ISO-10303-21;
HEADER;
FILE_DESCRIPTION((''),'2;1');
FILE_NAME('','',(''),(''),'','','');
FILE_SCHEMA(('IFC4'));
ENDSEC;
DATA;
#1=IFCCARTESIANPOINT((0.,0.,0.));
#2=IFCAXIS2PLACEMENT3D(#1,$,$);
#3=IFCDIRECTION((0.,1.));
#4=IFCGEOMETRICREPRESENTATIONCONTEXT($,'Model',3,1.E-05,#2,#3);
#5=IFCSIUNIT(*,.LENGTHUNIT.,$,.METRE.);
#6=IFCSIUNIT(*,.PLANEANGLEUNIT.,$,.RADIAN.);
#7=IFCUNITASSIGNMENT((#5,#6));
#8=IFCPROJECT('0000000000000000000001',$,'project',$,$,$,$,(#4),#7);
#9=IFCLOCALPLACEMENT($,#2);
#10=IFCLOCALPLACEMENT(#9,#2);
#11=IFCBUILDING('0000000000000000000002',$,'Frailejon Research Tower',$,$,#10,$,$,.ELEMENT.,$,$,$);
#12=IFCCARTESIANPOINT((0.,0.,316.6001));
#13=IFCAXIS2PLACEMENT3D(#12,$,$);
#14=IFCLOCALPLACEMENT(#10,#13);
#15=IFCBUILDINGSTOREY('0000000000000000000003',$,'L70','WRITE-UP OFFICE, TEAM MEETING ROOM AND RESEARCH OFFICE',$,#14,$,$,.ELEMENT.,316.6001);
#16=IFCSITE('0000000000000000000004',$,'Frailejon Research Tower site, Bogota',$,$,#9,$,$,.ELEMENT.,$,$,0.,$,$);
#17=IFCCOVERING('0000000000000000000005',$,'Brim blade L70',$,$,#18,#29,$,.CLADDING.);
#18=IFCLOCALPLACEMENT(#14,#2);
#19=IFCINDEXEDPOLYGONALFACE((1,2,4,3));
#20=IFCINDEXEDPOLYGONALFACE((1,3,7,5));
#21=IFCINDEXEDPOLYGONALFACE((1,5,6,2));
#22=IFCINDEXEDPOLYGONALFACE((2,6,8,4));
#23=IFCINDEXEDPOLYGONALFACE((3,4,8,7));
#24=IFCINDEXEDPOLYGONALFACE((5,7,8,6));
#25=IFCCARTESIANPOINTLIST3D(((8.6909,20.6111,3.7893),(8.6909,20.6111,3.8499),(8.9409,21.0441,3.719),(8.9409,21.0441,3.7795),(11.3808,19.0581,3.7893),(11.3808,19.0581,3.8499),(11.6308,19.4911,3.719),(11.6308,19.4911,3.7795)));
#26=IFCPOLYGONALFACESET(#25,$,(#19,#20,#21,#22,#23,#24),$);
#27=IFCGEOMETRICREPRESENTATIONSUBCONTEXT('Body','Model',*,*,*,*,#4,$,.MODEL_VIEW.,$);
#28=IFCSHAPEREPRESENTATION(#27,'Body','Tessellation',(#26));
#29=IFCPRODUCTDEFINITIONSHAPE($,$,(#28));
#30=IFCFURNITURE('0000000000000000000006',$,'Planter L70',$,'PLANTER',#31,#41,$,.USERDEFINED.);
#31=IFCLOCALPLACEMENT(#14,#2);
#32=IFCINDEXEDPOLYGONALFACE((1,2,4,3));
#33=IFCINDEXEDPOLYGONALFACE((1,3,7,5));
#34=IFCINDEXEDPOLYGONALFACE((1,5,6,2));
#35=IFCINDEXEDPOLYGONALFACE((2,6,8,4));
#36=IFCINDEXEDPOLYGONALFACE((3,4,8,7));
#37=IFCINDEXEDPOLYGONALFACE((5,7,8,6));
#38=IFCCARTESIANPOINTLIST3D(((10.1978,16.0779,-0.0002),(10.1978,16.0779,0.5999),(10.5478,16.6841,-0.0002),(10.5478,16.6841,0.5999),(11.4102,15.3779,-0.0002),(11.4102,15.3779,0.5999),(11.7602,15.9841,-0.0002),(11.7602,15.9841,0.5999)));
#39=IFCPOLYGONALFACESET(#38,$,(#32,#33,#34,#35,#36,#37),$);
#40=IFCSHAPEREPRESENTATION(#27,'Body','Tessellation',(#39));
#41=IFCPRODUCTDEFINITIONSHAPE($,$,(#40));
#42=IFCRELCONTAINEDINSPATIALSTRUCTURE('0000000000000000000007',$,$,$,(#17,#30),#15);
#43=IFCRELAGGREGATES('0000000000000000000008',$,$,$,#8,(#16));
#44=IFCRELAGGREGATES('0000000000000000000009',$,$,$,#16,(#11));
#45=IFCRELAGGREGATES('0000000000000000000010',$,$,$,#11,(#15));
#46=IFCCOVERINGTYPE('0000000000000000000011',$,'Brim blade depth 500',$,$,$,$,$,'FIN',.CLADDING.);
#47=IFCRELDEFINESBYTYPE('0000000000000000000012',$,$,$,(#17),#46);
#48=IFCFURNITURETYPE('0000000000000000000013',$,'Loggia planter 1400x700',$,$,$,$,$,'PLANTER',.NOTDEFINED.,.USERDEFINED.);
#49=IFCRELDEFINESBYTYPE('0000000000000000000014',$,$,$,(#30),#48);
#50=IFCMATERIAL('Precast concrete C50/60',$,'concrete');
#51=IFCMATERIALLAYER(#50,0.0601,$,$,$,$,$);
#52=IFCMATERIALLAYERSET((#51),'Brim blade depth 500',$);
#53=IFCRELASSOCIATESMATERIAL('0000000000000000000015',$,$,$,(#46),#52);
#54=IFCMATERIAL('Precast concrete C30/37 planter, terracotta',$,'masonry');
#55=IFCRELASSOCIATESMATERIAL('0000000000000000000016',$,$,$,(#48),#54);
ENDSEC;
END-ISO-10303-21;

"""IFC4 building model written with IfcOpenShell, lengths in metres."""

from ifc_helpers import new_model, si_unit, direction, frame, origin, origin_2d, place, context, subcontext, project, spatial, polyline, rectangle, outline, extrude, material, layer, layer_set, type_object, element, save


model = new_model("IFC4")

# Units and contexts
model_context = context("Model", 3, precision=1e-05, world=origin(), true_north=direction((0.0, 1.0)))
body_context = subcontext(model_context, "Body", "Model", "MODEL_VIEW")
ifc_project = project(units=[si_unit("LENGTHUNIT", "METRE"), si_unit("PLANEANGLEUNIT", "RADIAN")], contexts=[model_context])

# Site, building, storey
site_placement = place(None, origin())
site = spatial("IfcSite", under=ifc_project, at=site_placement, Name="Frailejon Research Tower site, Bogota", CompositionType="ELEMENT", RefElevation=0.0)
building_placement = place(site_placement, origin())
building = spatial("IfcBuilding", under=site, at=building_placement, Name="Frailejon Research Tower", CompositionType="ELEMENT")
storey_placement = place(building_placement, frame((0.0, 0.0, 316.6001)))
storey = spatial("IfcBuildingStorey", under=building, at=storey_placement, Name="L70", Description="WRITE-UP OFFICE, TEAM MEETING ROOM AND RESEARCH OFFICE", CompositionType="ELEMENT", Elevation=316.6001)

# Covering
ifc_material_1 = material(Name="Precast concrete C50/60", Category="concrete")
ifc_layer_1 = layer(ifc_material_1, 0.0601)
ifc_layer_set_1 = layer_set([ifc_layer_1], Name="Brim blade depth 500")
covering_type_1 = type_object("IfcCoveringType", Name="Brim blade depth 500", ElementType="FIN", PredefinedType="CLADDING", material=ifc_layer_set_1)
covering_placement = place(storey_placement, frame((8.6909, 20.6111, 3.8499), z_axis=(0.866027, -0.499997, 0.0), x_axis=(0.499997, 0.866027, 0.0)))
element("IfcCovering", 1, at=covering_placement, inside=storey, type_object=covering_type_1, Name="Brim blade L70", PredefinedType="CLADDING", context=body_context, shape_type="SweptSolid", body=[
    extrude(outline(polyline([(0.0, -0.0605), (0.5, -0.1309), (0.5, -0.0703), (0.0, 0.0), (0.0, -0.0605)])), origin(), (0.0, 0.0, 1.0), 3.106),
])

# Furniture
ifc_material_2 = material(Name="Precast concrete C30/37 planter, terracotta", Category="masonry")
furniture_type = type_object("IfcFurnitureType", Name="Loggia planter 1400x700", ElementType="PLANTER", AssemblyPlace="NOTDEFINED", PredefinedType="USERDEFINED", material=ifc_material_2)
furniture_placement = place(storey_placement, frame((10.979, 16.031, -0.0002), z_axis=(0.0, 0.0, 1.0), x_axis=(-0.866025, 0.5, 0.0)))
element("IfcFurniture", 2, at=furniture_placement, inside=storey, type_object=furniture_type, Name="Planter L70", ObjectType="PLANTER", PredefinedType="USERDEFINED", context=body_context, shape_type="SweptSolid", body=[
    extrude(rectangle(XDim=1.3999, YDim=0.7, at=origin_2d()), origin(), (0.0, 0.0, 1.0), 0.6001),
])

save(model, "model.ifc")
